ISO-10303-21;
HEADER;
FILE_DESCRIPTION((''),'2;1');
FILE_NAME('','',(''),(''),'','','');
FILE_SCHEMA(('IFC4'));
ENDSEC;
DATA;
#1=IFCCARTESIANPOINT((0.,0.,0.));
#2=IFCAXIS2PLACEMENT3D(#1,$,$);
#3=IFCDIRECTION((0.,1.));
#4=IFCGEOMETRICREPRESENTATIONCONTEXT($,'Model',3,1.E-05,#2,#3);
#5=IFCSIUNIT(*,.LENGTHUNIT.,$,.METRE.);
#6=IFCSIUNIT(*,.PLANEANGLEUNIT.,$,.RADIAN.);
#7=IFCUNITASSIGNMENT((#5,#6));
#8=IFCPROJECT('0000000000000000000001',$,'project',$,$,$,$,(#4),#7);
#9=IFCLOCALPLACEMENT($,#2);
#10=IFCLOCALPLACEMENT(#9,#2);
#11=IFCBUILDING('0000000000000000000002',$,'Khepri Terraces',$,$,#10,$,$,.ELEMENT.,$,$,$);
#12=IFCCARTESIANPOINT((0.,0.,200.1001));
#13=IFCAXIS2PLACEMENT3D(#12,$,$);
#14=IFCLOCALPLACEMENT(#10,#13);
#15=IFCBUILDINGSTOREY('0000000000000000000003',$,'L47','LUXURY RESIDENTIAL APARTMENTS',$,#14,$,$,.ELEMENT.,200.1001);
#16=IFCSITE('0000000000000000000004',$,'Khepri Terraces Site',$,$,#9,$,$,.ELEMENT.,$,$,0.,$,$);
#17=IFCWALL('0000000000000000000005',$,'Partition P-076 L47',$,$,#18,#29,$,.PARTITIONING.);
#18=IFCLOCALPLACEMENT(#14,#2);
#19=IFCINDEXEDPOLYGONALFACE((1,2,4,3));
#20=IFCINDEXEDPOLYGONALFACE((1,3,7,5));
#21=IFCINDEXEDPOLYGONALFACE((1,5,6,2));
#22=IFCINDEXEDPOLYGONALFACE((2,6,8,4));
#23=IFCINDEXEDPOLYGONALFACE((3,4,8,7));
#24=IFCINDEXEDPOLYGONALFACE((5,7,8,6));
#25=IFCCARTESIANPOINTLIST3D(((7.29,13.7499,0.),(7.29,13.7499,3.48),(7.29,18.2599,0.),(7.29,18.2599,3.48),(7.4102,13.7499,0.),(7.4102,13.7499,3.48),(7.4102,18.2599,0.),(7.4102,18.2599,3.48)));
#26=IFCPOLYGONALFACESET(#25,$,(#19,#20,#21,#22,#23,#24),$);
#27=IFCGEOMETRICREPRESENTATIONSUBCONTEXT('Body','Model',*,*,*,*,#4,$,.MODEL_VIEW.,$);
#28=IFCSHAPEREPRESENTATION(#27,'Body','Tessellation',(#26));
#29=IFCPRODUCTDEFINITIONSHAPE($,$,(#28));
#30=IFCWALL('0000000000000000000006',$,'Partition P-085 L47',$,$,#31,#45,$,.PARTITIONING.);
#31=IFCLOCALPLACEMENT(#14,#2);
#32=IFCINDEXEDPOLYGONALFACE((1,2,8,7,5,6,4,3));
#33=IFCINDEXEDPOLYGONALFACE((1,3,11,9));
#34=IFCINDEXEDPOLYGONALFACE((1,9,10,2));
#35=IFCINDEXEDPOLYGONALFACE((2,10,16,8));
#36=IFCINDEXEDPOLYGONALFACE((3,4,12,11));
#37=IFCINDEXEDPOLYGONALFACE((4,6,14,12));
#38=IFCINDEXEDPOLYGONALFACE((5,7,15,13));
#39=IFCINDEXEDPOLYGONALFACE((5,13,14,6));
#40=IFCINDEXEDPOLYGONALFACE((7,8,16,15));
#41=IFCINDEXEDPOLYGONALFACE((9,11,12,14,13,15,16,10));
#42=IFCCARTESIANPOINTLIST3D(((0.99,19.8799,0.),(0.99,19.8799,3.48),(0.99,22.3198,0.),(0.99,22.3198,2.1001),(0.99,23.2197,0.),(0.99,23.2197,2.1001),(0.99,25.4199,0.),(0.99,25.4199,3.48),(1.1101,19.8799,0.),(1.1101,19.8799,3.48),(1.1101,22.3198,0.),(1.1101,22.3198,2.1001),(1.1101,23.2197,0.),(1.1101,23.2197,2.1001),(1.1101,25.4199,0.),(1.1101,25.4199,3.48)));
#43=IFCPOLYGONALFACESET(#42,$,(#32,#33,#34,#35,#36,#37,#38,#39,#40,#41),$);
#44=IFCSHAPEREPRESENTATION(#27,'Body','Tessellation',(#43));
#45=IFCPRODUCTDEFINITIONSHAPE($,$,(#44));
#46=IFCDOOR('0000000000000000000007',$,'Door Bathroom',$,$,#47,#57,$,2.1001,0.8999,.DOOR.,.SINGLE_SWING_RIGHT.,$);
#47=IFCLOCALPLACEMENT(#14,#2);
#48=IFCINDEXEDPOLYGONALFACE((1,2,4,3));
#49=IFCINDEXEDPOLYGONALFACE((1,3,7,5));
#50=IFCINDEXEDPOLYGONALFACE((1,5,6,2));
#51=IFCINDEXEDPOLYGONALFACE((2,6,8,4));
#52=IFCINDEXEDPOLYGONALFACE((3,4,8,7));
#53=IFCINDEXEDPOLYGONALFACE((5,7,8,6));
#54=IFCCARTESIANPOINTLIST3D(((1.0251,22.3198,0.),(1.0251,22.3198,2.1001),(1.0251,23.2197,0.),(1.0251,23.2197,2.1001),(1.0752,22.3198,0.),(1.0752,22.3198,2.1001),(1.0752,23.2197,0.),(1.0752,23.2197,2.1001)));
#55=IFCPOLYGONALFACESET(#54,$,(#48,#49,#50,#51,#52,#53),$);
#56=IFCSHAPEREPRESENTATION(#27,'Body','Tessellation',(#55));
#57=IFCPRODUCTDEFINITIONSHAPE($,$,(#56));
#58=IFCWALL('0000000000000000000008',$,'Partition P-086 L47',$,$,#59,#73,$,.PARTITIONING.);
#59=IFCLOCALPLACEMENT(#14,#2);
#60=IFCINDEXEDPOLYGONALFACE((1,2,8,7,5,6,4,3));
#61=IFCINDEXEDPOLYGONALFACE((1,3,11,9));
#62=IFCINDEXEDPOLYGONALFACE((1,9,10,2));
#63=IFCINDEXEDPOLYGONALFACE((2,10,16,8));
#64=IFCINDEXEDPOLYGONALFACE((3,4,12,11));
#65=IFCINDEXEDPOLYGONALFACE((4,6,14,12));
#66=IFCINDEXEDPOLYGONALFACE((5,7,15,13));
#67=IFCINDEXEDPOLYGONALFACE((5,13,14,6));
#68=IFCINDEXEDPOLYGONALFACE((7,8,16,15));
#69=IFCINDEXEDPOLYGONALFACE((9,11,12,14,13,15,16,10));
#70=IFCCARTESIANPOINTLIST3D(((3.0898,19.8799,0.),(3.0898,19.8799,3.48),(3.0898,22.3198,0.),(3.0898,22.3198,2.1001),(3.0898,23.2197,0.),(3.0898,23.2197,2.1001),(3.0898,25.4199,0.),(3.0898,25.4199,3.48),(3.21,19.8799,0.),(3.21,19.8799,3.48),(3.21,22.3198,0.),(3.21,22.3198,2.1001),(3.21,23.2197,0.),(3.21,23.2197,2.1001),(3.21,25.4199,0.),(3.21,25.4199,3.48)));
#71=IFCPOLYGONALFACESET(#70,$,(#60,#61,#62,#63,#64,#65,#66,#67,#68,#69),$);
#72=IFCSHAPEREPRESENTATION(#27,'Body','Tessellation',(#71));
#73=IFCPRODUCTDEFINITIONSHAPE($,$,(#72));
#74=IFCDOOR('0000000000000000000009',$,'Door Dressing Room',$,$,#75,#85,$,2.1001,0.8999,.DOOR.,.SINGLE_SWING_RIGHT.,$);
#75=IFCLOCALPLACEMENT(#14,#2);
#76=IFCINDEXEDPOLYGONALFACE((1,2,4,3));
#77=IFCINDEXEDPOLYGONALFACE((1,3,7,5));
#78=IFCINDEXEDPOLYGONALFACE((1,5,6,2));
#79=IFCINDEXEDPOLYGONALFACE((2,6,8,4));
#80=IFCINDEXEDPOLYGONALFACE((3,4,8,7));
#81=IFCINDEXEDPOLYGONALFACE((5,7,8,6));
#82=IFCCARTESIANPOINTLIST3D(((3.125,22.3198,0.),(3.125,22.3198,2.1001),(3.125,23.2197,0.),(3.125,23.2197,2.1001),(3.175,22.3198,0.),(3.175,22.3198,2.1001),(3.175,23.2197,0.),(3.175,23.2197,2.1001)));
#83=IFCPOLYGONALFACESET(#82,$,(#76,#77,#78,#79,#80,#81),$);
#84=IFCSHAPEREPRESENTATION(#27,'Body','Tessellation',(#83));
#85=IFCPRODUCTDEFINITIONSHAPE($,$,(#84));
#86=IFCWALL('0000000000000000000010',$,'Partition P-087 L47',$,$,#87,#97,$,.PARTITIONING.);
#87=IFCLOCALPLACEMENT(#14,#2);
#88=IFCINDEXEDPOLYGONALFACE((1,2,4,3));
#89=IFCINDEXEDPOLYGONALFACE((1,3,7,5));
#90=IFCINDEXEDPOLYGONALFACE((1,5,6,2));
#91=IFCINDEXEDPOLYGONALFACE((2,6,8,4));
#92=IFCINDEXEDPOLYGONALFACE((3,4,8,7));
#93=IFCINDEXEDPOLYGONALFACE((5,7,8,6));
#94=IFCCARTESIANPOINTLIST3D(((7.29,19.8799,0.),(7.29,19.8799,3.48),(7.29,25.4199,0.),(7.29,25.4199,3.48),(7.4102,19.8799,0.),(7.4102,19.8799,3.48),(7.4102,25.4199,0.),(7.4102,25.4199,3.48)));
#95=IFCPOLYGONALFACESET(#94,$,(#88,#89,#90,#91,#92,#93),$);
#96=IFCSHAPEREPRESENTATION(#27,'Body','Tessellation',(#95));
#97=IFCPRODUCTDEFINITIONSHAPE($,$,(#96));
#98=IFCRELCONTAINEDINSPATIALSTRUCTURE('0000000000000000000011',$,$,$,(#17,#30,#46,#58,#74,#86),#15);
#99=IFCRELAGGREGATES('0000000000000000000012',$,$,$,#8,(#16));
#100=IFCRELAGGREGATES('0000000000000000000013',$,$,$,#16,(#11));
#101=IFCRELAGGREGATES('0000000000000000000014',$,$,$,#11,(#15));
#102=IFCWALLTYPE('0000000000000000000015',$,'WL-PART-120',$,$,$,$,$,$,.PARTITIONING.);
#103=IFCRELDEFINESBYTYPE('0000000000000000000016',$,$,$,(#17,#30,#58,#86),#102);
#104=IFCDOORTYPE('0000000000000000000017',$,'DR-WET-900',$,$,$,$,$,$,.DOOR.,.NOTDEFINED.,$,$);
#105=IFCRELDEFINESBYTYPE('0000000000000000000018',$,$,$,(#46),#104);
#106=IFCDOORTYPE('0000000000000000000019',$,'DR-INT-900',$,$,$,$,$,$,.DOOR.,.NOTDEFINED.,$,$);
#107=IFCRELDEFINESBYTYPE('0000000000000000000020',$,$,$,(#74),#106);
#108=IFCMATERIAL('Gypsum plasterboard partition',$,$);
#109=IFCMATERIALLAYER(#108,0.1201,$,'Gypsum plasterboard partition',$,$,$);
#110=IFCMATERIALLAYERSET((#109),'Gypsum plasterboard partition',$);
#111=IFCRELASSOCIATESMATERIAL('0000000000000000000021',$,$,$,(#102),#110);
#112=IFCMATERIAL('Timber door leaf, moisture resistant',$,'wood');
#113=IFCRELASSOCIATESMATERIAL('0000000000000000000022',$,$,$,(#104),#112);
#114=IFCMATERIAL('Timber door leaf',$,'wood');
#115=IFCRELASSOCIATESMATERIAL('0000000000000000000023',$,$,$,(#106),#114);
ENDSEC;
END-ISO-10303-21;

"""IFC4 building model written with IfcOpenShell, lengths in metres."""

from ifc_helpers import new_model, si_unit, direction, frame, frame_2d, origin, place, context, subcontext, project, spatial, rectangle, extrude, material, layer, layer_set, type_object, element, fill, save


model = new_model("IFC4")

# Units and contexts
model_context = context("Model", 3, precision=1e-05, world=origin(), true_north=direction((0.0, 1.0)))
body_context = subcontext(model_context, "Body", "Model", "MODEL_VIEW")
ifc_project = project(units=[si_unit("LENGTHUNIT", "METRE"), si_unit("PLANEANGLEUNIT", "RADIAN")], contexts=[model_context])

# Site, building, storey
site_placement = place(None, origin())
site = spatial("IfcSite", under=ifc_project, at=site_placement, Name="Khepri Terraces Site", CompositionType="ELEMENT", RefElevation=0.0)
building_placement = place(site_placement, origin())
building = spatial("IfcBuilding", under=site, at=building_placement, Name="Khepri Terraces", CompositionType="ELEMENT")
storey_placement = place(building_placement, frame((0.0, 0.0, 200.1001)))
storey = spatial("IfcBuildingStorey", under=building, at=storey_placement, Name="L47", Description="LUXURY RESIDENTIAL APARTMENTS", CompositionType="ELEMENT", Elevation=200.1001)

# Wall
ifc_material_1 = material(Name="Gypsum plasterboard partition")
ifc_layer_1 = layer(ifc_material_1, 0.1201, Name="Gypsum plasterboard partition")
ifc_layer_set_1 = layer_set([ifc_layer_1], Name="Gypsum plasterboard partition")
wall_type_1 = type_object("IfcWallType", Name="WL-PART-120", PredefinedType="PARTITIONING", material=ifc_layer_set_1)
for number, where, z_axis, x_axis, name in (
    (1, (7.3501, 13.75, 0.0), (0.0, 0.0, 1.0), (0.0, 1.0, 0.0), "Partition P-076 L47"),
):
    element("IfcWall", number, at=place(storey_placement, frame(where, z_axis=z_axis, x_axis=x_axis)), inside=storey, type_object=wall_type_1, Name=name, PredefinedType="PARTITIONING", context=body_context, shape_type="SweptSolid", body=[
        extrude(rectangle(XDim=4.51, YDim=0.1201, at=frame_2d((2.2549, 0.0))), origin(), (0.0, 0.0, 1.0), 3.48),
    ])

# Walls, openings, doors
wall_1_placement = place(storey_placement, frame((1.05, 19.8799, 0.0), z_axis=(0.0, 0.0, 1.0), x_axis=(0.0, 1.0, 0.0)))
wall_1 = element("IfcWall", 2, at=wall_1_placement, inside=storey, type_object=wall_type_1, Name="Partition P-085 L47", PredefinedType="PARTITIONING", context=body_context, shape_type="SweptSolid", body=[
    extrude(rectangle(XDim=5.54, YDim=0.1201, at=frame_2d((2.77, 0.0))), origin(), (0.0, 0.0, 1.0), 3.48),
])
opening_1_placement = place(wall_1_placement, frame((2.4399, 0.0, 0.0)))
opening_1 = element("IfcOpeningElement", 3, at=opening_1_placement, cuts=wall_1, PredefinedType="OPENING", context=body_context, shape_type="SweptSolid", body=[
    extrude(rectangle(XDim=0.8999, YDim=2.1001, at=frame_2d((0.45, 1.05))), frame((0.0, 0.0701, 0.0), z_axis=(0.0, -1.0, 0.0), x_axis=(1.0, 0.0, 0.0)), (0.0, 0.0, 1.0), 0.1401),
])
ifc_material_2 = material(Name="Timber door leaf, moisture resistant", Category="wood")
door_type_1 = type_object("IfcDoorType", Name="DR-WET-900", OperationType="NOTDEFINED", PredefinedType="DOOR", material=ifc_material_2)
door_1_placement = place(opening_1_placement, origin())
door_1 = element("IfcDoor", 4, at=door_1_placement, inside=storey, type_object=door_type_1, Name="Door Bathroom", OperationType="SINGLE_SWING_RIGHT", OverallHeight=2.1001, OverallWidth=0.8999, PredefinedType="DOOR", context=body_context, shape_type="SweptSolid", body=[
    extrude(rectangle(XDim=0.8999, YDim=2.1001, at=frame_2d((0.45, 1.05))), frame((0.0, 0.0249, 0.0), z_axis=(0.0, -1.0, 0.0), x_axis=(1.0, 0.0, 0.0)), (0.0, 0.0, 1.0), 0.05),
])
fill(opening_1, door_1)
wall_2_placement = place(storey_placement, frame((3.1499, 19.8799, 0.0), z_axis=(0.0, 0.0, 1.0), x_axis=(0.0, 1.0, 0.0)))
wall_2 = element("IfcWall", 5, at=wall_2_placement, inside=storey, type_object=wall_type_1, Name="Partition P-086 L47", PredefinedType="PARTITIONING", context=body_context, shape_type="SweptSolid", body=[
    extrude(rectangle(XDim=5.54, YDim=0.1201, at=frame_2d((2.77, 0.0))), origin(), (0.0, 0.0, 1.0), 3.48),
])
opening_2_placement = place(wall_2_placement, frame((2.4399, 0.0, 0.0)))
opening_2 = element("IfcOpeningElement", 6, at=opening_2_placement, cuts=wall_2, PredefinedType="OPENING", context=body_context, shape_type="SweptSolid", body=[
    extrude(rectangle(XDim=0.8999, YDim=2.1001, at=frame_2d((0.45, 1.05))), frame((0.0, 0.0701, 0.0), z_axis=(0.0, -1.0, 0.0), x_axis=(1.0, 0.0, 0.0)), (0.0, 0.0, 1.0), 0.1401),
])
ifc_material_3 = material(Name="Timber door leaf", Category="wood")
door_type_2 = type_object("IfcDoorType", Name="DR-INT-900", OperationType="NOTDEFINED", PredefinedType="DOOR", material=ifc_material_3)
door_2_placement = place(opening_2_placement, origin())
door_2 = element("IfcDoor", 7, at=door_2_placement, inside=storey, type_object=door_type_2, Name="Door Dressing Room", OperationType="SINGLE_SWING_RIGHT", OverallHeight=2.1001, OverallWidth=0.8999, PredefinedType="DOOR", context=body_context, shape_type="SweptSolid", body=[
    extrude(rectangle(XDim=0.8999, YDim=2.1001, at=frame_2d((0.45, 1.05))), frame((0.0, 0.0249, 0.0), z_axis=(0.0, -1.0, 0.0), x_axis=(1.0, 0.0, 0.0)), (0.0, 0.0, 1.0), 0.05),
])
fill(opening_2, door_2)

# Wall
wall_3_placement = place(storey_placement, frame((7.3501, 19.8799, 0.0), z_axis=(0.0, 0.0, 1.0), x_axis=(0.0, 1.0, 0.0)))
element("IfcWall", 8, at=wall_3_placement, inside=storey, type_object=wall_type_1, Name="Partition P-087 L47", PredefinedType="PARTITIONING", context=body_context, shape_type="SweptSolid", body=[
    extrude(rectangle(XDim=5.54, YDim=0.1201, at=frame_2d((2.77, 0.0))), origin(), (0.0, 0.0, 1.0), 3.48),
])

save(model, "model.ifc")
